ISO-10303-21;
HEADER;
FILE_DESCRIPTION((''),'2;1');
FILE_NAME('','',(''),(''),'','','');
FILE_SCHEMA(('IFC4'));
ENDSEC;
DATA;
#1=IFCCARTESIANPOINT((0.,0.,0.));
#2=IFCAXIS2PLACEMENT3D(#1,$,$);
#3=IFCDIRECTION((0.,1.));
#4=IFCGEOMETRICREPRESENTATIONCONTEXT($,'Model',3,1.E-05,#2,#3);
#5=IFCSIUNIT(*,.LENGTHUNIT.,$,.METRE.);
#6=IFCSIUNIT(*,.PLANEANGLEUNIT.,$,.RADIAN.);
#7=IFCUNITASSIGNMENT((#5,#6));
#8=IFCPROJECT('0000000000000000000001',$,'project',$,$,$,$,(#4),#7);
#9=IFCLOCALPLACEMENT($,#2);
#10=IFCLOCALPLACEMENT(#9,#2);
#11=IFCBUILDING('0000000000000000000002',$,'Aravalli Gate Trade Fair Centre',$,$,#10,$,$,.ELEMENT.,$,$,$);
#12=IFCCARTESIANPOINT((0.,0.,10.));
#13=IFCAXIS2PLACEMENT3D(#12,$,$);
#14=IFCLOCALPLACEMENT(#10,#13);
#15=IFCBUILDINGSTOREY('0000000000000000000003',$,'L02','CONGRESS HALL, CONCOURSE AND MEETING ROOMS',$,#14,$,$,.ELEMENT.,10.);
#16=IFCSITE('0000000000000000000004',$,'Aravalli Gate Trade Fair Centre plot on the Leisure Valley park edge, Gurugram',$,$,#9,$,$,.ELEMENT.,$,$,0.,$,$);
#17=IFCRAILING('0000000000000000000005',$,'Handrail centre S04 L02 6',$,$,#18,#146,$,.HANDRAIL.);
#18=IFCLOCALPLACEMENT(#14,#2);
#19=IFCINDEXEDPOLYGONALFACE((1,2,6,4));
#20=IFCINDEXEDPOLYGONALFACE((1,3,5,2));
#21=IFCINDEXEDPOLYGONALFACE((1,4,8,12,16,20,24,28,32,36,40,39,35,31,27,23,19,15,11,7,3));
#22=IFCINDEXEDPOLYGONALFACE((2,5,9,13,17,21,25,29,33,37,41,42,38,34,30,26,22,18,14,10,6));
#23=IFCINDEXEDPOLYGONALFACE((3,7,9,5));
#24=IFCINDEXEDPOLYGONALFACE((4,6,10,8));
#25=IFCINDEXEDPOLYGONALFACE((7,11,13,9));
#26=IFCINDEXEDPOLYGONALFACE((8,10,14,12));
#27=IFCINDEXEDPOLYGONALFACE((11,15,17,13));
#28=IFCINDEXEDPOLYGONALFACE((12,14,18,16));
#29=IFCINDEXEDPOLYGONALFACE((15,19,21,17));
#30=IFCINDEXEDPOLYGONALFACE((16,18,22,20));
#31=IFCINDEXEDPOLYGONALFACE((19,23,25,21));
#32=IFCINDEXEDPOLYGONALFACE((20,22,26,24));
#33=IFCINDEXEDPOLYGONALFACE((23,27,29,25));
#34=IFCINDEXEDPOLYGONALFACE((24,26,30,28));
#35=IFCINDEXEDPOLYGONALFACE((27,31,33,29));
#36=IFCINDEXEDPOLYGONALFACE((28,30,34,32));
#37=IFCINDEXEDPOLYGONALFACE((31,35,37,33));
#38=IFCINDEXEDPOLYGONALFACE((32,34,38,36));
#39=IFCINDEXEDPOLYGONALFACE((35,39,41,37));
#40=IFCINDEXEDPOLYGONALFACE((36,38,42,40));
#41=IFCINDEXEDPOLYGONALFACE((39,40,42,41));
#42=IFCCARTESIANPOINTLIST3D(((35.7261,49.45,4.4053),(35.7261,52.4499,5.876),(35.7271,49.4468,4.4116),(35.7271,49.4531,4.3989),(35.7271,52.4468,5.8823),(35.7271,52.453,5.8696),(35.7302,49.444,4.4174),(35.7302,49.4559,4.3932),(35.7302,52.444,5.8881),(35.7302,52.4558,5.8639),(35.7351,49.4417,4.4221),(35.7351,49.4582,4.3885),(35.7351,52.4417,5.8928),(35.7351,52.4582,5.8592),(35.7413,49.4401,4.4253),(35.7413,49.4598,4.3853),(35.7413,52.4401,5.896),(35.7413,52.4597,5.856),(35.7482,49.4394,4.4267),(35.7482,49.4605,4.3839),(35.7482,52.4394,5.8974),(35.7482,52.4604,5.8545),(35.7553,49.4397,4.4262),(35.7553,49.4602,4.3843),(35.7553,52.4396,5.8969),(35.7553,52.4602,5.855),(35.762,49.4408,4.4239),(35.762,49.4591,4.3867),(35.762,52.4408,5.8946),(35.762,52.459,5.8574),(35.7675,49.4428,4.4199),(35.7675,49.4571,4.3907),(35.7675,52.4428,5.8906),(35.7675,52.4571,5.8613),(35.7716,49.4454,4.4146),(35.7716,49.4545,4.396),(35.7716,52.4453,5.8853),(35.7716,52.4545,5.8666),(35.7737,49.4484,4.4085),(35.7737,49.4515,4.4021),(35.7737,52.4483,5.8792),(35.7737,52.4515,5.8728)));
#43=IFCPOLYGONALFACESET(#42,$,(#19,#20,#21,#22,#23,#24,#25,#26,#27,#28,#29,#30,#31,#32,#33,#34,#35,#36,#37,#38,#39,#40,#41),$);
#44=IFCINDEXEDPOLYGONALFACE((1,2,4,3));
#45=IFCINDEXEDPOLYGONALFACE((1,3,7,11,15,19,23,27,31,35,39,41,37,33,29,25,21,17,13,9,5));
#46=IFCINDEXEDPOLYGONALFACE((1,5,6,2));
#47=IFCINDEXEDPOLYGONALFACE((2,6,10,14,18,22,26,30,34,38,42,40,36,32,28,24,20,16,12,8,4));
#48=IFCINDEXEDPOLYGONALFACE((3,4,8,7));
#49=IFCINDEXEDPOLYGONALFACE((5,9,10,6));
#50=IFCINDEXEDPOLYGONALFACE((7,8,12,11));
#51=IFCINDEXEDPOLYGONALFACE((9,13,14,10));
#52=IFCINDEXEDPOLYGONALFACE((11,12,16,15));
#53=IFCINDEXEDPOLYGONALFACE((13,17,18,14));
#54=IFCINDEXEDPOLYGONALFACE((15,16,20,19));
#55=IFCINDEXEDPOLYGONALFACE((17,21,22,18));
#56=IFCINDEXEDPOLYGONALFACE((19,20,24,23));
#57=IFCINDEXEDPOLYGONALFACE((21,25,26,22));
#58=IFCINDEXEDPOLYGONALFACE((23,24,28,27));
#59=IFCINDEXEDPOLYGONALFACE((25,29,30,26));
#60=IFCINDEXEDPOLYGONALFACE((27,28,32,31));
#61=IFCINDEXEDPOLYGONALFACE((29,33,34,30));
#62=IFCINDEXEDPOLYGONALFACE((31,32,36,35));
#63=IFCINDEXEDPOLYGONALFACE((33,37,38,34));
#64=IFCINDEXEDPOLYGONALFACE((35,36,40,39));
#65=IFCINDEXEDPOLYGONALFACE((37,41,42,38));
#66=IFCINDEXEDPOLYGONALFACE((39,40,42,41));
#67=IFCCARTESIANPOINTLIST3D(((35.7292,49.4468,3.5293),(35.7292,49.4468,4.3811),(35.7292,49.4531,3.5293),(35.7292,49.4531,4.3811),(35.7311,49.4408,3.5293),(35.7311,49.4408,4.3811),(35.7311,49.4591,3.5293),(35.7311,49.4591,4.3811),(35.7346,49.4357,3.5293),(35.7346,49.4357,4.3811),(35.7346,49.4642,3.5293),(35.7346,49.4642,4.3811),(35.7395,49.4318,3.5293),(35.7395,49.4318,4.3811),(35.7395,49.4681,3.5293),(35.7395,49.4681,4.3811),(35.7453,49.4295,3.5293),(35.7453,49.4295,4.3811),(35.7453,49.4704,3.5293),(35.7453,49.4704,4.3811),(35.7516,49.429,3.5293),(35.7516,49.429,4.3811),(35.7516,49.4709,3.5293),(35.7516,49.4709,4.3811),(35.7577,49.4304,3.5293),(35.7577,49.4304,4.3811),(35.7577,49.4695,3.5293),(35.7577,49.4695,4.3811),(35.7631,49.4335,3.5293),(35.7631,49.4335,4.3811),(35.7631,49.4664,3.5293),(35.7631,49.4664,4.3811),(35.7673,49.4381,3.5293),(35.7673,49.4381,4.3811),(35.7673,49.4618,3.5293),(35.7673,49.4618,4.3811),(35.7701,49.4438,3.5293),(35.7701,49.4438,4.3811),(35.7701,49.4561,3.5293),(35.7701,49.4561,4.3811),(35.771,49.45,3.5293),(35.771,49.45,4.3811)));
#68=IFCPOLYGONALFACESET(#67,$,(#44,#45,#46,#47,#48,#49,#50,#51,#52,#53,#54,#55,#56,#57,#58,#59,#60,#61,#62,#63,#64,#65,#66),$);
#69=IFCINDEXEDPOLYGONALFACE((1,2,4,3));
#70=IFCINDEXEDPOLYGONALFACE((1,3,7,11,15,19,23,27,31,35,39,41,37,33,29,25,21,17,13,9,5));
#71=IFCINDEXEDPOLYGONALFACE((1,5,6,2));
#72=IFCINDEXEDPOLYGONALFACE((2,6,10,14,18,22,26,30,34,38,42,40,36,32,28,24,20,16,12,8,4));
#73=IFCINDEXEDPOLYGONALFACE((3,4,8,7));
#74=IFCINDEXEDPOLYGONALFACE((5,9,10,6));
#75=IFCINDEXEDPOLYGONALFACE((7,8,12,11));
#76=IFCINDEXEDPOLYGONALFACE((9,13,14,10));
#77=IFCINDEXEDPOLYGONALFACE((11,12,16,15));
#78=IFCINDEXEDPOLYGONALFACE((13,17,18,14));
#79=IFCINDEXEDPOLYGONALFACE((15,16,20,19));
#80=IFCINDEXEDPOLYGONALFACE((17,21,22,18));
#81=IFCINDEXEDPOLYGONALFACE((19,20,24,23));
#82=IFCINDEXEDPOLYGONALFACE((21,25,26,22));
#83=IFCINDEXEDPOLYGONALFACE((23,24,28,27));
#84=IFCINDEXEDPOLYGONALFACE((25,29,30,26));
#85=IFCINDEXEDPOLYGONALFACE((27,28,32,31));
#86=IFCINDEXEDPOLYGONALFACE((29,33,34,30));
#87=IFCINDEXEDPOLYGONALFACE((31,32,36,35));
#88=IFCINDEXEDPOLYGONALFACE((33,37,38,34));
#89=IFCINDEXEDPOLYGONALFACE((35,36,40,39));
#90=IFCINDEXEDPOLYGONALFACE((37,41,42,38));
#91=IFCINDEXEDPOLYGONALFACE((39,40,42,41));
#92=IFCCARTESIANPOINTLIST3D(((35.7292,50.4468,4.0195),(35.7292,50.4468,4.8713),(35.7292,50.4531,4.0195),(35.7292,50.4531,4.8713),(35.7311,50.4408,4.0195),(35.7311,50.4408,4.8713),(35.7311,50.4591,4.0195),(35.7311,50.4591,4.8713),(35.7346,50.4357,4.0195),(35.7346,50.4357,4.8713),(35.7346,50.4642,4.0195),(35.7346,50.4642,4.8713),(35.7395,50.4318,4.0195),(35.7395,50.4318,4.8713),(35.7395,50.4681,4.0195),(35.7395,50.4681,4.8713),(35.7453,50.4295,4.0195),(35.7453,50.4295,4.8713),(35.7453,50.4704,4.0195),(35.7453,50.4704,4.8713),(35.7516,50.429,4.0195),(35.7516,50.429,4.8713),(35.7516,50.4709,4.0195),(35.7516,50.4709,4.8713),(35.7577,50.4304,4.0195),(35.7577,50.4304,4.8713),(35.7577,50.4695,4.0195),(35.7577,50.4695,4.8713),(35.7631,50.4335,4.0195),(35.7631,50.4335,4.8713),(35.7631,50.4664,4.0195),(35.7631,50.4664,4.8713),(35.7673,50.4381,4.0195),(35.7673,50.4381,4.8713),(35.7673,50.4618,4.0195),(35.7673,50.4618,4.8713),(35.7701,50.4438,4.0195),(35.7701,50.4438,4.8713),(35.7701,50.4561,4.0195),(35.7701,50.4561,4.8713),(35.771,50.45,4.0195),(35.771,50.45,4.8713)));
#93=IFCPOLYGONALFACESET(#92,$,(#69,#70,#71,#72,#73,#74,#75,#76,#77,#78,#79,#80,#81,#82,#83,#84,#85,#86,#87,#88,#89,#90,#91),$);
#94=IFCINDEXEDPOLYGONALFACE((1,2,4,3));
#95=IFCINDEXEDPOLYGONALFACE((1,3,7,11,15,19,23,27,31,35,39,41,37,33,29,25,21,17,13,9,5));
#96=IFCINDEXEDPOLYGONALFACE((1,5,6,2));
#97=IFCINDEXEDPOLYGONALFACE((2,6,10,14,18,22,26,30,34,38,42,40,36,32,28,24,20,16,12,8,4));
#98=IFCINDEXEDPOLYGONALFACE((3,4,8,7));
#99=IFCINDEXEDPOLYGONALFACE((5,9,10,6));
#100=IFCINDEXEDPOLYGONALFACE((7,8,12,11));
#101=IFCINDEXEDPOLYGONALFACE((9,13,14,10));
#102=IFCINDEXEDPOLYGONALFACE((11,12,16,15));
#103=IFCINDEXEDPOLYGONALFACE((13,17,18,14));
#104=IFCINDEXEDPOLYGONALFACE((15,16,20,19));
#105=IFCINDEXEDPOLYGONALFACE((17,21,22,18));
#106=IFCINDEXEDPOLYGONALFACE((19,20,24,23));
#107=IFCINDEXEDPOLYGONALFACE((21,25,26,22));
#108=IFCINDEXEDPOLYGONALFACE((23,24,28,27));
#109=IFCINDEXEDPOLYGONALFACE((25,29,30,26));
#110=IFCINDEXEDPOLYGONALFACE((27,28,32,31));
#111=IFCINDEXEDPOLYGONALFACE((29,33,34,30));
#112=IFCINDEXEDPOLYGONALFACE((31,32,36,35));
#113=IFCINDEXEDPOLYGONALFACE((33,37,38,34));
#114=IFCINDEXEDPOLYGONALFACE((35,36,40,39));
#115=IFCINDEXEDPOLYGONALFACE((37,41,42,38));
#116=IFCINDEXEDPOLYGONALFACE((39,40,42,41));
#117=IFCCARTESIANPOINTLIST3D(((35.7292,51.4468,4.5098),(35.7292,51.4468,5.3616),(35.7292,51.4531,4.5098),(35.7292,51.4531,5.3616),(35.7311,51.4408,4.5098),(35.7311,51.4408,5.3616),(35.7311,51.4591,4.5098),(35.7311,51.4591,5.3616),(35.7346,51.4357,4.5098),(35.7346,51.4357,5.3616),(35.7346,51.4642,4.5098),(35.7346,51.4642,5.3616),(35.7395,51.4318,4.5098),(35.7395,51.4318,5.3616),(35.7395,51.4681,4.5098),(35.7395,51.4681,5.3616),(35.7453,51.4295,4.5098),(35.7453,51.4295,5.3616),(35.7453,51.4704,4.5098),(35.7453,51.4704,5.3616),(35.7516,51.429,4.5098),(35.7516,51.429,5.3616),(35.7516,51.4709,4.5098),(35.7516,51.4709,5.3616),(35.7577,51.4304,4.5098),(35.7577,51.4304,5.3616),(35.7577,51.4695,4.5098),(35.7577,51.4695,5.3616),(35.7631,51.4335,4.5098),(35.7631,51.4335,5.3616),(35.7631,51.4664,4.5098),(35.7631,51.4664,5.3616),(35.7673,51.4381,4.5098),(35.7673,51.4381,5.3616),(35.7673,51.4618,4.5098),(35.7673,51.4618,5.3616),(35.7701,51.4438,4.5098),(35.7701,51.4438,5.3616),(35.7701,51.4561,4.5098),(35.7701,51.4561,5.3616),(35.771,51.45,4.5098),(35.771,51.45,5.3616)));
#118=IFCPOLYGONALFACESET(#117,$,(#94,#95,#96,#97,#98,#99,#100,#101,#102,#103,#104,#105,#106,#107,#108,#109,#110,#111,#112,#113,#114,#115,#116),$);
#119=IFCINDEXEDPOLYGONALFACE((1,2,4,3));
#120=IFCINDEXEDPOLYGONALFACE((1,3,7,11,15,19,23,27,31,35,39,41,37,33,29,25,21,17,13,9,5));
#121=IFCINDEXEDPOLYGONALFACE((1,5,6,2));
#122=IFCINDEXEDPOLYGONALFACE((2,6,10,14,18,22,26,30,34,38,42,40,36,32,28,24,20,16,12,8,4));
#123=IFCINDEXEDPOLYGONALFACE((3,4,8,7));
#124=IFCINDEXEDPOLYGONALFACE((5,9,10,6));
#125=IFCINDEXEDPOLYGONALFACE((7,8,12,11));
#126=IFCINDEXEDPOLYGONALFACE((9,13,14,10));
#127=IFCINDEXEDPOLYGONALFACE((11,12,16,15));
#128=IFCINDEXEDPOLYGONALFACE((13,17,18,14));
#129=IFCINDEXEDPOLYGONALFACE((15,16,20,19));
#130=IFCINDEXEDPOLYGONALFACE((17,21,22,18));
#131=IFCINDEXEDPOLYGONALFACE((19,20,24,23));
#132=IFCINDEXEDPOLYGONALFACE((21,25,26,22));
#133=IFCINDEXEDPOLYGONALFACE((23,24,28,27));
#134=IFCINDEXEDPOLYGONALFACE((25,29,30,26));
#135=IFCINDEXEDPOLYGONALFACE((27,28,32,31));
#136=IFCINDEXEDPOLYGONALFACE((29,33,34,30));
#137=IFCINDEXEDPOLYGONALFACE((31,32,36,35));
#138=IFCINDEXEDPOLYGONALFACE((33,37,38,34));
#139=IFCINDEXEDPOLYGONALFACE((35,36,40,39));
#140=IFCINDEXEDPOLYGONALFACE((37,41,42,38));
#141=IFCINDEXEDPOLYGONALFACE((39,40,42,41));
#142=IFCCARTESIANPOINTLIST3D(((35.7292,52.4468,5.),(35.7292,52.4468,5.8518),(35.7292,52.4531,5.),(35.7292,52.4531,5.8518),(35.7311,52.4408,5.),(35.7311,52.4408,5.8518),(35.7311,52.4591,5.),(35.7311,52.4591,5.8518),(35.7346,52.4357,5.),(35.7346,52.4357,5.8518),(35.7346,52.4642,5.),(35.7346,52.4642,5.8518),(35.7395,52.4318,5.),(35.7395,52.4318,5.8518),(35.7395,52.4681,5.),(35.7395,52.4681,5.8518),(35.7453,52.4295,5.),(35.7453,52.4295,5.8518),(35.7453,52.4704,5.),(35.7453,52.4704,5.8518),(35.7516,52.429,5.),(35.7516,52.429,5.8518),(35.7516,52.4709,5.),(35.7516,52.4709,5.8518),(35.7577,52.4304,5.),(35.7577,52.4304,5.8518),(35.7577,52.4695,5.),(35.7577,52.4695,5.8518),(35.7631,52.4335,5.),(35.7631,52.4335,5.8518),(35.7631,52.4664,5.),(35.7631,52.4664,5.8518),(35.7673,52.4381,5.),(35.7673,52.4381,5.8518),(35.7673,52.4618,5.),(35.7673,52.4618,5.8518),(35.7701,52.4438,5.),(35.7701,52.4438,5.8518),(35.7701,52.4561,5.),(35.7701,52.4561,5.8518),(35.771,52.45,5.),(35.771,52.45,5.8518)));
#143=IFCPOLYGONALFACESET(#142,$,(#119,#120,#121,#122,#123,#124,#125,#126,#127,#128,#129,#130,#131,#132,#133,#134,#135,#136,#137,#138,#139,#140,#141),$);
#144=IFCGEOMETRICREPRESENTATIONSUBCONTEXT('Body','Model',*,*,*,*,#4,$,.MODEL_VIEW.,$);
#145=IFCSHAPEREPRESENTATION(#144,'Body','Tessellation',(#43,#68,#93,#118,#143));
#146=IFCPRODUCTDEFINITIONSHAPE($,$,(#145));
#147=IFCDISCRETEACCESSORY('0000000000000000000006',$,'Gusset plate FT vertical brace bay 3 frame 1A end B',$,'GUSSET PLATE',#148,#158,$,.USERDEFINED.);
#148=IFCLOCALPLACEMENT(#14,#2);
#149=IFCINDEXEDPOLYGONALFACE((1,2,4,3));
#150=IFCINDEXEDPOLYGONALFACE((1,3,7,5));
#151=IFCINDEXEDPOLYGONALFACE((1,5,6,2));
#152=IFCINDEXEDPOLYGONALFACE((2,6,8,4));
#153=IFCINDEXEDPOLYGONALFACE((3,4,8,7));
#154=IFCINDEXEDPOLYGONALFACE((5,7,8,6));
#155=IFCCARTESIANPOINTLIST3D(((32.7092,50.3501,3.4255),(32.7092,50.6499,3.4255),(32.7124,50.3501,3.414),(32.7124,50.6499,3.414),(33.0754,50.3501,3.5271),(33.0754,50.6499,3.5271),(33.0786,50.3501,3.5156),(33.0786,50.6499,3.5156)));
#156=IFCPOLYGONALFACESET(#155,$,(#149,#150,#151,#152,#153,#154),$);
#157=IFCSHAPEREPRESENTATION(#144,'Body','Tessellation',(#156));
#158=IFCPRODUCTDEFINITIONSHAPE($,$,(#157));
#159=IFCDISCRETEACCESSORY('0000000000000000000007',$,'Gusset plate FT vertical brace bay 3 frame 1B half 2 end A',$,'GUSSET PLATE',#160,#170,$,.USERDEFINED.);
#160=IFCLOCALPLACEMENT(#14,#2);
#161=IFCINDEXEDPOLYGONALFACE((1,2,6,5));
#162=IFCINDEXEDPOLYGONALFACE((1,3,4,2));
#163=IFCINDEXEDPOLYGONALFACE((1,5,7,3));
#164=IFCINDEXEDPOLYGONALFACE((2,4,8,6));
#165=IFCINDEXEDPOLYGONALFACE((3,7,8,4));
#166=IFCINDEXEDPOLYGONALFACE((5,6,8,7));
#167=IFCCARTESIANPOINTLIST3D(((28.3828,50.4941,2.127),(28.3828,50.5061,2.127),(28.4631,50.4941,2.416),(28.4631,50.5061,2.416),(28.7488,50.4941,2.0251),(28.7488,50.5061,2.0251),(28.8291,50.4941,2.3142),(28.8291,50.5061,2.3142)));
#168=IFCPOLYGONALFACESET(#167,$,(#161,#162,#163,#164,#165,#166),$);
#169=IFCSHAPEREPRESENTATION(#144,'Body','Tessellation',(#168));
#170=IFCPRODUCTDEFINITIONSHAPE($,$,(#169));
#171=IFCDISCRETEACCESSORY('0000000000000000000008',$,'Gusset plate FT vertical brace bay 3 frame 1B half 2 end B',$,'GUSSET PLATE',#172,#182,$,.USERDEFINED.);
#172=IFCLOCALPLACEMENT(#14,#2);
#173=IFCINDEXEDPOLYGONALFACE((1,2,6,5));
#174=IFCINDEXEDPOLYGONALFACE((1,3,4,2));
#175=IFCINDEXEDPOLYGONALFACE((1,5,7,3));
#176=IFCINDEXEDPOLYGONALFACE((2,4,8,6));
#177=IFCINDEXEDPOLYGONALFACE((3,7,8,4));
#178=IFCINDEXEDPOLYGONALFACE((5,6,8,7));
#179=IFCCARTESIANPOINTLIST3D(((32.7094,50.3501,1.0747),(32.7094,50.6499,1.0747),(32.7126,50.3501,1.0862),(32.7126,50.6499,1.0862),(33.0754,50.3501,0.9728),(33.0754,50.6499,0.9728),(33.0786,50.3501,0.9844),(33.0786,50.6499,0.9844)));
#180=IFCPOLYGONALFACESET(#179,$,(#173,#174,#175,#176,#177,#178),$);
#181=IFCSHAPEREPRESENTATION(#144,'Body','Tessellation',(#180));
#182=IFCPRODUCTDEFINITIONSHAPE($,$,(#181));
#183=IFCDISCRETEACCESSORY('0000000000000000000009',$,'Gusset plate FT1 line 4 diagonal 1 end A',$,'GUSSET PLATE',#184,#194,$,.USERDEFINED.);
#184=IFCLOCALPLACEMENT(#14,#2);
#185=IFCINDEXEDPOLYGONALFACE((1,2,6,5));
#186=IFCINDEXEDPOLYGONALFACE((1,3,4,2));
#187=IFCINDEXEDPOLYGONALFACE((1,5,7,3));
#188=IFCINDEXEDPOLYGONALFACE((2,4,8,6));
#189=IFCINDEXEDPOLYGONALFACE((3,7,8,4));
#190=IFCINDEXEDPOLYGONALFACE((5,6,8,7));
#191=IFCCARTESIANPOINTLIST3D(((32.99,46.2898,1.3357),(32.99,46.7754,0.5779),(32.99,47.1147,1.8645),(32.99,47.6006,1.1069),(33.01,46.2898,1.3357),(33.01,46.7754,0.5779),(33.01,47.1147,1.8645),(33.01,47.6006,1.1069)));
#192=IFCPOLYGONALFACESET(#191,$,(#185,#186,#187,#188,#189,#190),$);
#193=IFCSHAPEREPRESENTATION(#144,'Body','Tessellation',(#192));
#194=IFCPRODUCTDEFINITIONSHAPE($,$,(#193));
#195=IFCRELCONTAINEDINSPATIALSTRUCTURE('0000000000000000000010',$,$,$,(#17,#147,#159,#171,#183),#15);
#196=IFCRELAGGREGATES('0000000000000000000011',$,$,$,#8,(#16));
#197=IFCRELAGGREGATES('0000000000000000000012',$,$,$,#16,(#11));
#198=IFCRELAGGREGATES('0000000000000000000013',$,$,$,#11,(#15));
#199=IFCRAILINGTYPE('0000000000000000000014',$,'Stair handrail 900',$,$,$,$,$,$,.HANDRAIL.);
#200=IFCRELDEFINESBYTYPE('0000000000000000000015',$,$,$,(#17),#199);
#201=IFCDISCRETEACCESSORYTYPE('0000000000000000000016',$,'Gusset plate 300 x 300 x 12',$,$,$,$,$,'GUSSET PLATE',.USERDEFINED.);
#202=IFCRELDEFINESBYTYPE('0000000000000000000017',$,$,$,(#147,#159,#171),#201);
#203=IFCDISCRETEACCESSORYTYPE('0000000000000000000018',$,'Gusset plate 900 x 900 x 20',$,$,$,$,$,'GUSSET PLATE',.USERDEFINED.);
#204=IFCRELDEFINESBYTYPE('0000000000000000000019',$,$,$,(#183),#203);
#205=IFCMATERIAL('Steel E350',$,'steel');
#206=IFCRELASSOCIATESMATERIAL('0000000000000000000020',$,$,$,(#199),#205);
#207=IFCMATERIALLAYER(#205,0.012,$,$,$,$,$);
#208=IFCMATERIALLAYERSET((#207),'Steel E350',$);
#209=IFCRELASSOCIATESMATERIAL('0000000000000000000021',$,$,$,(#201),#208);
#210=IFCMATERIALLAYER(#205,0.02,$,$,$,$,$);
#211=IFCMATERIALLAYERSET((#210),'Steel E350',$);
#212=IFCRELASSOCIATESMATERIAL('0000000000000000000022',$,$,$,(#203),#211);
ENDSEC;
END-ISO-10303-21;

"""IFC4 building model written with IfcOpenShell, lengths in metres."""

from ifc_helpers import new_model, si_unit, direction, frame, origin, origin_2d, place, context, subcontext, project, spatial, polyline, circle, outline, extrude, material, layer, layer_set, type_object, element, save


model = new_model("IFC4")

# Units and contexts
model_context = context("Model", 3, precision=1e-05, world=origin(), true_north=direction((0.0, 1.0)))
body_context = subcontext(model_context, "Body", "Model", "MODEL_VIEW")
ifc_project = project(units=[si_unit("LENGTHUNIT", "METRE"), si_unit("PLANEANGLEUNIT", "RADIAN")], contexts=[model_context])

# Site, building, storey
site_placement = place(None, origin())
site = spatial("IfcSite", under=ifc_project, at=site_placement, Name="Aravalli Gate Trade Fair Centre plot on the Leisure Valley park edge, Gurugram", CompositionType="ELEMENT", RefElevation=0.0)
building_placement = place(site_placement, origin())
building = spatial("IfcBuilding", under=site, at=building_placement, Name="Aravalli Gate Trade Fair Centre", CompositionType="ELEMENT")
storey_placement = place(building_placement, frame((0.0, 0.0, 10.0)))
storey = spatial("IfcBuildingStorey", under=building, at=storey_placement, Name="L02", Description="CONGRESS HALL, CONCOURSE AND MEETING ROOMS", CompositionType="ELEMENT", Elevation=10.0)

# Shared definitions
ifc_material_1 = material(Name="Steel E350", Category="steel")

# Railing
railing_type_1 = type_object("IfcRailingType", Name="Stair handrail 900", PredefinedType="HANDRAIL", material=ifc_material_1)
for number, where, name in (
    (1, (35.75, 49.45, 3.5293), "Handrail centre S04 L02 6"),
):
    element("IfcRailing", number, at=place(storey_placement, frame(where)), inside=storey, type_object=railing_type_1, Name=name, PredefinedType="HANDRAIL", context=body_context, shape_type="SweptSolid", body=[
        extrude(circle(Radius=0.0239, at=origin_2d()), frame((0.0, 0.0, 0.876), z_axis=(0.0, 0.897907, 0.440185), x_axis=(-1.0, 0.0, 0.0)), (0.0, 0.0, 1.0), 3.3411),
        extrude(circle(Radius=0.021, at=origin_2d()), origin(), (0.0, 0.0, 1.0), 0.8518),
        extrude(circle(Radius=0.021, at=origin_2d()), frame((0.0, 1.0, 0.4902)), (0.0, 0.0, 1.0), 0.8518),
        extrude(circle(Radius=0.021, at=origin_2d()), frame((0.0, 2.0, 0.9805)), (0.0, 0.0, 1.0), 0.8518),
        extrude(circle(Radius=0.021, at=origin_2d()), frame((0.0, 3.0, 1.4707)), (0.0, 0.0, 1.0), 0.8518),
    ])

# Discrete accessories
ifc_layer_1 = layer(ifc_material_1, 0.012)
ifc_layer_set_1 = layer_set([ifc_layer_1], Name="Steel E350")
discrete_accessory_type_1 = type_object("IfcDiscreteAccessoryType", Name="Gusset plate 300 x 300 x 12", ElementType="GUSSET PLATE", PredefinedType="USERDEFINED", material=ifc_layer_set_1)
discrete_accessory_1_placement = place(storey_placement, frame((32.7092, 50.3501, 3.4255), z_axis=(-0.267246, 0.0, 0.963628), x_axis=(0.963628, 0.0, 0.267246)))
element("IfcDiscreteAccessory", 2, at=discrete_accessory_1_placement, inside=storey, type_object=discrete_accessory_type_1, Name="Gusset plate FT vertical brace bay 3 frame 1A end B", ObjectType="GUSSET PLATE", PredefinedType="USERDEFINED", context=body_context, shape_type="SweptSolid", body=[
    extrude(outline(polyline([(0.0, 0.0), (0.38, 0.0), (0.38, 0.2998), (0.0, 0.2998), (0.0, 0.0)])), origin(), (0.0, 0.0, -1.0), 0.012),
])
discrete_accessory_2_placement = place(storey_placement, frame((28.7488, 50.5061, 2.0251), z_axis=(0.0, 1.0, 0.0), x_axis=(-0.963417, 0.0, 0.268008)))
element("IfcDiscreteAccessory", 3, at=discrete_accessory_2_placement, inside=storey, type_object=discrete_accessory_type_1, Name="Gusset plate FT vertical brace bay 3 frame 1B half 2 end A", ObjectType="GUSSET PLATE", PredefinedType="USERDEFINED", context=body_context, shape_type="SweptSolid", body=[
    extrude(outline(polyline([(0.0, 0.0), (0.3799, 0.0), (0.38, 0.3), (0.0001, 0.3), (0.0, 0.0)])), origin(), (0.0, 0.0, -1.0), 0.012),
])
discrete_accessory_3_placement = place(storey_placement, frame((32.7126, 50.3501, 1.0862), z_axis=(0.268008, 0.0, 0.963417), x_axis=(0.963417, 0.0, -0.268008)))
element("IfcDiscreteAccessory", 4, at=discrete_accessory_3_placement, inside=storey, type_object=discrete_accessory_type_1, Name="Gusset plate FT vertical brace bay 3 frame 1B half 2 end B", ObjectType="GUSSET PLATE", PredefinedType="USERDEFINED", context=body_context, shape_type="SweptSolid", body=[
    extrude(outline(polyline([(0.0, 0.0), (0.3799, 0.0), (0.3799, 0.2998), (0.0, 0.2998), (0.0, 0.0)])), origin(), (0.0, 0.0, -1.0), 0.012),
])
ifc_layer_2 = layer(ifc_material_1, 0.02)
ifc_layer_set_2 = layer_set([ifc_layer_2], Name="Steel E350")
discrete_accessory_type_2 = type_object("IfcDiscreteAccessoryType", Name="Gusset plate 900 x 900 x 20", ElementType="GUSSET PLATE", PredefinedType="USERDEFINED", material=ifc_layer_set_2)
discrete_accessory_4_placement = place(storey_placement, frame((32.99, 47.6006, 1.1069), z_axis=(-1.0, 0.0, 0.0), x_axis=(0.0, -0.841841, -0.539725)))
element("IfcDiscreteAccessory", 5, at=discrete_accessory_4_placement, inside=storey, type_object=discrete_accessory_type_2, Name="Gusset plate FT1 line 4 diagonal 1 end A", ObjectType="GUSSET PLATE", PredefinedType="USERDEFINED", context=body_context, shape_type="SweptSolid", body=[
    extrude(outline(polyline([(0.0, 0.0), (0.9802, 0.0), (0.98, 0.9), (0.0001, 0.9), (0.0, 0.0)])), origin(), (0.0, 0.0, -1.0), 0.02),
])

save(model, "model.ifc")
